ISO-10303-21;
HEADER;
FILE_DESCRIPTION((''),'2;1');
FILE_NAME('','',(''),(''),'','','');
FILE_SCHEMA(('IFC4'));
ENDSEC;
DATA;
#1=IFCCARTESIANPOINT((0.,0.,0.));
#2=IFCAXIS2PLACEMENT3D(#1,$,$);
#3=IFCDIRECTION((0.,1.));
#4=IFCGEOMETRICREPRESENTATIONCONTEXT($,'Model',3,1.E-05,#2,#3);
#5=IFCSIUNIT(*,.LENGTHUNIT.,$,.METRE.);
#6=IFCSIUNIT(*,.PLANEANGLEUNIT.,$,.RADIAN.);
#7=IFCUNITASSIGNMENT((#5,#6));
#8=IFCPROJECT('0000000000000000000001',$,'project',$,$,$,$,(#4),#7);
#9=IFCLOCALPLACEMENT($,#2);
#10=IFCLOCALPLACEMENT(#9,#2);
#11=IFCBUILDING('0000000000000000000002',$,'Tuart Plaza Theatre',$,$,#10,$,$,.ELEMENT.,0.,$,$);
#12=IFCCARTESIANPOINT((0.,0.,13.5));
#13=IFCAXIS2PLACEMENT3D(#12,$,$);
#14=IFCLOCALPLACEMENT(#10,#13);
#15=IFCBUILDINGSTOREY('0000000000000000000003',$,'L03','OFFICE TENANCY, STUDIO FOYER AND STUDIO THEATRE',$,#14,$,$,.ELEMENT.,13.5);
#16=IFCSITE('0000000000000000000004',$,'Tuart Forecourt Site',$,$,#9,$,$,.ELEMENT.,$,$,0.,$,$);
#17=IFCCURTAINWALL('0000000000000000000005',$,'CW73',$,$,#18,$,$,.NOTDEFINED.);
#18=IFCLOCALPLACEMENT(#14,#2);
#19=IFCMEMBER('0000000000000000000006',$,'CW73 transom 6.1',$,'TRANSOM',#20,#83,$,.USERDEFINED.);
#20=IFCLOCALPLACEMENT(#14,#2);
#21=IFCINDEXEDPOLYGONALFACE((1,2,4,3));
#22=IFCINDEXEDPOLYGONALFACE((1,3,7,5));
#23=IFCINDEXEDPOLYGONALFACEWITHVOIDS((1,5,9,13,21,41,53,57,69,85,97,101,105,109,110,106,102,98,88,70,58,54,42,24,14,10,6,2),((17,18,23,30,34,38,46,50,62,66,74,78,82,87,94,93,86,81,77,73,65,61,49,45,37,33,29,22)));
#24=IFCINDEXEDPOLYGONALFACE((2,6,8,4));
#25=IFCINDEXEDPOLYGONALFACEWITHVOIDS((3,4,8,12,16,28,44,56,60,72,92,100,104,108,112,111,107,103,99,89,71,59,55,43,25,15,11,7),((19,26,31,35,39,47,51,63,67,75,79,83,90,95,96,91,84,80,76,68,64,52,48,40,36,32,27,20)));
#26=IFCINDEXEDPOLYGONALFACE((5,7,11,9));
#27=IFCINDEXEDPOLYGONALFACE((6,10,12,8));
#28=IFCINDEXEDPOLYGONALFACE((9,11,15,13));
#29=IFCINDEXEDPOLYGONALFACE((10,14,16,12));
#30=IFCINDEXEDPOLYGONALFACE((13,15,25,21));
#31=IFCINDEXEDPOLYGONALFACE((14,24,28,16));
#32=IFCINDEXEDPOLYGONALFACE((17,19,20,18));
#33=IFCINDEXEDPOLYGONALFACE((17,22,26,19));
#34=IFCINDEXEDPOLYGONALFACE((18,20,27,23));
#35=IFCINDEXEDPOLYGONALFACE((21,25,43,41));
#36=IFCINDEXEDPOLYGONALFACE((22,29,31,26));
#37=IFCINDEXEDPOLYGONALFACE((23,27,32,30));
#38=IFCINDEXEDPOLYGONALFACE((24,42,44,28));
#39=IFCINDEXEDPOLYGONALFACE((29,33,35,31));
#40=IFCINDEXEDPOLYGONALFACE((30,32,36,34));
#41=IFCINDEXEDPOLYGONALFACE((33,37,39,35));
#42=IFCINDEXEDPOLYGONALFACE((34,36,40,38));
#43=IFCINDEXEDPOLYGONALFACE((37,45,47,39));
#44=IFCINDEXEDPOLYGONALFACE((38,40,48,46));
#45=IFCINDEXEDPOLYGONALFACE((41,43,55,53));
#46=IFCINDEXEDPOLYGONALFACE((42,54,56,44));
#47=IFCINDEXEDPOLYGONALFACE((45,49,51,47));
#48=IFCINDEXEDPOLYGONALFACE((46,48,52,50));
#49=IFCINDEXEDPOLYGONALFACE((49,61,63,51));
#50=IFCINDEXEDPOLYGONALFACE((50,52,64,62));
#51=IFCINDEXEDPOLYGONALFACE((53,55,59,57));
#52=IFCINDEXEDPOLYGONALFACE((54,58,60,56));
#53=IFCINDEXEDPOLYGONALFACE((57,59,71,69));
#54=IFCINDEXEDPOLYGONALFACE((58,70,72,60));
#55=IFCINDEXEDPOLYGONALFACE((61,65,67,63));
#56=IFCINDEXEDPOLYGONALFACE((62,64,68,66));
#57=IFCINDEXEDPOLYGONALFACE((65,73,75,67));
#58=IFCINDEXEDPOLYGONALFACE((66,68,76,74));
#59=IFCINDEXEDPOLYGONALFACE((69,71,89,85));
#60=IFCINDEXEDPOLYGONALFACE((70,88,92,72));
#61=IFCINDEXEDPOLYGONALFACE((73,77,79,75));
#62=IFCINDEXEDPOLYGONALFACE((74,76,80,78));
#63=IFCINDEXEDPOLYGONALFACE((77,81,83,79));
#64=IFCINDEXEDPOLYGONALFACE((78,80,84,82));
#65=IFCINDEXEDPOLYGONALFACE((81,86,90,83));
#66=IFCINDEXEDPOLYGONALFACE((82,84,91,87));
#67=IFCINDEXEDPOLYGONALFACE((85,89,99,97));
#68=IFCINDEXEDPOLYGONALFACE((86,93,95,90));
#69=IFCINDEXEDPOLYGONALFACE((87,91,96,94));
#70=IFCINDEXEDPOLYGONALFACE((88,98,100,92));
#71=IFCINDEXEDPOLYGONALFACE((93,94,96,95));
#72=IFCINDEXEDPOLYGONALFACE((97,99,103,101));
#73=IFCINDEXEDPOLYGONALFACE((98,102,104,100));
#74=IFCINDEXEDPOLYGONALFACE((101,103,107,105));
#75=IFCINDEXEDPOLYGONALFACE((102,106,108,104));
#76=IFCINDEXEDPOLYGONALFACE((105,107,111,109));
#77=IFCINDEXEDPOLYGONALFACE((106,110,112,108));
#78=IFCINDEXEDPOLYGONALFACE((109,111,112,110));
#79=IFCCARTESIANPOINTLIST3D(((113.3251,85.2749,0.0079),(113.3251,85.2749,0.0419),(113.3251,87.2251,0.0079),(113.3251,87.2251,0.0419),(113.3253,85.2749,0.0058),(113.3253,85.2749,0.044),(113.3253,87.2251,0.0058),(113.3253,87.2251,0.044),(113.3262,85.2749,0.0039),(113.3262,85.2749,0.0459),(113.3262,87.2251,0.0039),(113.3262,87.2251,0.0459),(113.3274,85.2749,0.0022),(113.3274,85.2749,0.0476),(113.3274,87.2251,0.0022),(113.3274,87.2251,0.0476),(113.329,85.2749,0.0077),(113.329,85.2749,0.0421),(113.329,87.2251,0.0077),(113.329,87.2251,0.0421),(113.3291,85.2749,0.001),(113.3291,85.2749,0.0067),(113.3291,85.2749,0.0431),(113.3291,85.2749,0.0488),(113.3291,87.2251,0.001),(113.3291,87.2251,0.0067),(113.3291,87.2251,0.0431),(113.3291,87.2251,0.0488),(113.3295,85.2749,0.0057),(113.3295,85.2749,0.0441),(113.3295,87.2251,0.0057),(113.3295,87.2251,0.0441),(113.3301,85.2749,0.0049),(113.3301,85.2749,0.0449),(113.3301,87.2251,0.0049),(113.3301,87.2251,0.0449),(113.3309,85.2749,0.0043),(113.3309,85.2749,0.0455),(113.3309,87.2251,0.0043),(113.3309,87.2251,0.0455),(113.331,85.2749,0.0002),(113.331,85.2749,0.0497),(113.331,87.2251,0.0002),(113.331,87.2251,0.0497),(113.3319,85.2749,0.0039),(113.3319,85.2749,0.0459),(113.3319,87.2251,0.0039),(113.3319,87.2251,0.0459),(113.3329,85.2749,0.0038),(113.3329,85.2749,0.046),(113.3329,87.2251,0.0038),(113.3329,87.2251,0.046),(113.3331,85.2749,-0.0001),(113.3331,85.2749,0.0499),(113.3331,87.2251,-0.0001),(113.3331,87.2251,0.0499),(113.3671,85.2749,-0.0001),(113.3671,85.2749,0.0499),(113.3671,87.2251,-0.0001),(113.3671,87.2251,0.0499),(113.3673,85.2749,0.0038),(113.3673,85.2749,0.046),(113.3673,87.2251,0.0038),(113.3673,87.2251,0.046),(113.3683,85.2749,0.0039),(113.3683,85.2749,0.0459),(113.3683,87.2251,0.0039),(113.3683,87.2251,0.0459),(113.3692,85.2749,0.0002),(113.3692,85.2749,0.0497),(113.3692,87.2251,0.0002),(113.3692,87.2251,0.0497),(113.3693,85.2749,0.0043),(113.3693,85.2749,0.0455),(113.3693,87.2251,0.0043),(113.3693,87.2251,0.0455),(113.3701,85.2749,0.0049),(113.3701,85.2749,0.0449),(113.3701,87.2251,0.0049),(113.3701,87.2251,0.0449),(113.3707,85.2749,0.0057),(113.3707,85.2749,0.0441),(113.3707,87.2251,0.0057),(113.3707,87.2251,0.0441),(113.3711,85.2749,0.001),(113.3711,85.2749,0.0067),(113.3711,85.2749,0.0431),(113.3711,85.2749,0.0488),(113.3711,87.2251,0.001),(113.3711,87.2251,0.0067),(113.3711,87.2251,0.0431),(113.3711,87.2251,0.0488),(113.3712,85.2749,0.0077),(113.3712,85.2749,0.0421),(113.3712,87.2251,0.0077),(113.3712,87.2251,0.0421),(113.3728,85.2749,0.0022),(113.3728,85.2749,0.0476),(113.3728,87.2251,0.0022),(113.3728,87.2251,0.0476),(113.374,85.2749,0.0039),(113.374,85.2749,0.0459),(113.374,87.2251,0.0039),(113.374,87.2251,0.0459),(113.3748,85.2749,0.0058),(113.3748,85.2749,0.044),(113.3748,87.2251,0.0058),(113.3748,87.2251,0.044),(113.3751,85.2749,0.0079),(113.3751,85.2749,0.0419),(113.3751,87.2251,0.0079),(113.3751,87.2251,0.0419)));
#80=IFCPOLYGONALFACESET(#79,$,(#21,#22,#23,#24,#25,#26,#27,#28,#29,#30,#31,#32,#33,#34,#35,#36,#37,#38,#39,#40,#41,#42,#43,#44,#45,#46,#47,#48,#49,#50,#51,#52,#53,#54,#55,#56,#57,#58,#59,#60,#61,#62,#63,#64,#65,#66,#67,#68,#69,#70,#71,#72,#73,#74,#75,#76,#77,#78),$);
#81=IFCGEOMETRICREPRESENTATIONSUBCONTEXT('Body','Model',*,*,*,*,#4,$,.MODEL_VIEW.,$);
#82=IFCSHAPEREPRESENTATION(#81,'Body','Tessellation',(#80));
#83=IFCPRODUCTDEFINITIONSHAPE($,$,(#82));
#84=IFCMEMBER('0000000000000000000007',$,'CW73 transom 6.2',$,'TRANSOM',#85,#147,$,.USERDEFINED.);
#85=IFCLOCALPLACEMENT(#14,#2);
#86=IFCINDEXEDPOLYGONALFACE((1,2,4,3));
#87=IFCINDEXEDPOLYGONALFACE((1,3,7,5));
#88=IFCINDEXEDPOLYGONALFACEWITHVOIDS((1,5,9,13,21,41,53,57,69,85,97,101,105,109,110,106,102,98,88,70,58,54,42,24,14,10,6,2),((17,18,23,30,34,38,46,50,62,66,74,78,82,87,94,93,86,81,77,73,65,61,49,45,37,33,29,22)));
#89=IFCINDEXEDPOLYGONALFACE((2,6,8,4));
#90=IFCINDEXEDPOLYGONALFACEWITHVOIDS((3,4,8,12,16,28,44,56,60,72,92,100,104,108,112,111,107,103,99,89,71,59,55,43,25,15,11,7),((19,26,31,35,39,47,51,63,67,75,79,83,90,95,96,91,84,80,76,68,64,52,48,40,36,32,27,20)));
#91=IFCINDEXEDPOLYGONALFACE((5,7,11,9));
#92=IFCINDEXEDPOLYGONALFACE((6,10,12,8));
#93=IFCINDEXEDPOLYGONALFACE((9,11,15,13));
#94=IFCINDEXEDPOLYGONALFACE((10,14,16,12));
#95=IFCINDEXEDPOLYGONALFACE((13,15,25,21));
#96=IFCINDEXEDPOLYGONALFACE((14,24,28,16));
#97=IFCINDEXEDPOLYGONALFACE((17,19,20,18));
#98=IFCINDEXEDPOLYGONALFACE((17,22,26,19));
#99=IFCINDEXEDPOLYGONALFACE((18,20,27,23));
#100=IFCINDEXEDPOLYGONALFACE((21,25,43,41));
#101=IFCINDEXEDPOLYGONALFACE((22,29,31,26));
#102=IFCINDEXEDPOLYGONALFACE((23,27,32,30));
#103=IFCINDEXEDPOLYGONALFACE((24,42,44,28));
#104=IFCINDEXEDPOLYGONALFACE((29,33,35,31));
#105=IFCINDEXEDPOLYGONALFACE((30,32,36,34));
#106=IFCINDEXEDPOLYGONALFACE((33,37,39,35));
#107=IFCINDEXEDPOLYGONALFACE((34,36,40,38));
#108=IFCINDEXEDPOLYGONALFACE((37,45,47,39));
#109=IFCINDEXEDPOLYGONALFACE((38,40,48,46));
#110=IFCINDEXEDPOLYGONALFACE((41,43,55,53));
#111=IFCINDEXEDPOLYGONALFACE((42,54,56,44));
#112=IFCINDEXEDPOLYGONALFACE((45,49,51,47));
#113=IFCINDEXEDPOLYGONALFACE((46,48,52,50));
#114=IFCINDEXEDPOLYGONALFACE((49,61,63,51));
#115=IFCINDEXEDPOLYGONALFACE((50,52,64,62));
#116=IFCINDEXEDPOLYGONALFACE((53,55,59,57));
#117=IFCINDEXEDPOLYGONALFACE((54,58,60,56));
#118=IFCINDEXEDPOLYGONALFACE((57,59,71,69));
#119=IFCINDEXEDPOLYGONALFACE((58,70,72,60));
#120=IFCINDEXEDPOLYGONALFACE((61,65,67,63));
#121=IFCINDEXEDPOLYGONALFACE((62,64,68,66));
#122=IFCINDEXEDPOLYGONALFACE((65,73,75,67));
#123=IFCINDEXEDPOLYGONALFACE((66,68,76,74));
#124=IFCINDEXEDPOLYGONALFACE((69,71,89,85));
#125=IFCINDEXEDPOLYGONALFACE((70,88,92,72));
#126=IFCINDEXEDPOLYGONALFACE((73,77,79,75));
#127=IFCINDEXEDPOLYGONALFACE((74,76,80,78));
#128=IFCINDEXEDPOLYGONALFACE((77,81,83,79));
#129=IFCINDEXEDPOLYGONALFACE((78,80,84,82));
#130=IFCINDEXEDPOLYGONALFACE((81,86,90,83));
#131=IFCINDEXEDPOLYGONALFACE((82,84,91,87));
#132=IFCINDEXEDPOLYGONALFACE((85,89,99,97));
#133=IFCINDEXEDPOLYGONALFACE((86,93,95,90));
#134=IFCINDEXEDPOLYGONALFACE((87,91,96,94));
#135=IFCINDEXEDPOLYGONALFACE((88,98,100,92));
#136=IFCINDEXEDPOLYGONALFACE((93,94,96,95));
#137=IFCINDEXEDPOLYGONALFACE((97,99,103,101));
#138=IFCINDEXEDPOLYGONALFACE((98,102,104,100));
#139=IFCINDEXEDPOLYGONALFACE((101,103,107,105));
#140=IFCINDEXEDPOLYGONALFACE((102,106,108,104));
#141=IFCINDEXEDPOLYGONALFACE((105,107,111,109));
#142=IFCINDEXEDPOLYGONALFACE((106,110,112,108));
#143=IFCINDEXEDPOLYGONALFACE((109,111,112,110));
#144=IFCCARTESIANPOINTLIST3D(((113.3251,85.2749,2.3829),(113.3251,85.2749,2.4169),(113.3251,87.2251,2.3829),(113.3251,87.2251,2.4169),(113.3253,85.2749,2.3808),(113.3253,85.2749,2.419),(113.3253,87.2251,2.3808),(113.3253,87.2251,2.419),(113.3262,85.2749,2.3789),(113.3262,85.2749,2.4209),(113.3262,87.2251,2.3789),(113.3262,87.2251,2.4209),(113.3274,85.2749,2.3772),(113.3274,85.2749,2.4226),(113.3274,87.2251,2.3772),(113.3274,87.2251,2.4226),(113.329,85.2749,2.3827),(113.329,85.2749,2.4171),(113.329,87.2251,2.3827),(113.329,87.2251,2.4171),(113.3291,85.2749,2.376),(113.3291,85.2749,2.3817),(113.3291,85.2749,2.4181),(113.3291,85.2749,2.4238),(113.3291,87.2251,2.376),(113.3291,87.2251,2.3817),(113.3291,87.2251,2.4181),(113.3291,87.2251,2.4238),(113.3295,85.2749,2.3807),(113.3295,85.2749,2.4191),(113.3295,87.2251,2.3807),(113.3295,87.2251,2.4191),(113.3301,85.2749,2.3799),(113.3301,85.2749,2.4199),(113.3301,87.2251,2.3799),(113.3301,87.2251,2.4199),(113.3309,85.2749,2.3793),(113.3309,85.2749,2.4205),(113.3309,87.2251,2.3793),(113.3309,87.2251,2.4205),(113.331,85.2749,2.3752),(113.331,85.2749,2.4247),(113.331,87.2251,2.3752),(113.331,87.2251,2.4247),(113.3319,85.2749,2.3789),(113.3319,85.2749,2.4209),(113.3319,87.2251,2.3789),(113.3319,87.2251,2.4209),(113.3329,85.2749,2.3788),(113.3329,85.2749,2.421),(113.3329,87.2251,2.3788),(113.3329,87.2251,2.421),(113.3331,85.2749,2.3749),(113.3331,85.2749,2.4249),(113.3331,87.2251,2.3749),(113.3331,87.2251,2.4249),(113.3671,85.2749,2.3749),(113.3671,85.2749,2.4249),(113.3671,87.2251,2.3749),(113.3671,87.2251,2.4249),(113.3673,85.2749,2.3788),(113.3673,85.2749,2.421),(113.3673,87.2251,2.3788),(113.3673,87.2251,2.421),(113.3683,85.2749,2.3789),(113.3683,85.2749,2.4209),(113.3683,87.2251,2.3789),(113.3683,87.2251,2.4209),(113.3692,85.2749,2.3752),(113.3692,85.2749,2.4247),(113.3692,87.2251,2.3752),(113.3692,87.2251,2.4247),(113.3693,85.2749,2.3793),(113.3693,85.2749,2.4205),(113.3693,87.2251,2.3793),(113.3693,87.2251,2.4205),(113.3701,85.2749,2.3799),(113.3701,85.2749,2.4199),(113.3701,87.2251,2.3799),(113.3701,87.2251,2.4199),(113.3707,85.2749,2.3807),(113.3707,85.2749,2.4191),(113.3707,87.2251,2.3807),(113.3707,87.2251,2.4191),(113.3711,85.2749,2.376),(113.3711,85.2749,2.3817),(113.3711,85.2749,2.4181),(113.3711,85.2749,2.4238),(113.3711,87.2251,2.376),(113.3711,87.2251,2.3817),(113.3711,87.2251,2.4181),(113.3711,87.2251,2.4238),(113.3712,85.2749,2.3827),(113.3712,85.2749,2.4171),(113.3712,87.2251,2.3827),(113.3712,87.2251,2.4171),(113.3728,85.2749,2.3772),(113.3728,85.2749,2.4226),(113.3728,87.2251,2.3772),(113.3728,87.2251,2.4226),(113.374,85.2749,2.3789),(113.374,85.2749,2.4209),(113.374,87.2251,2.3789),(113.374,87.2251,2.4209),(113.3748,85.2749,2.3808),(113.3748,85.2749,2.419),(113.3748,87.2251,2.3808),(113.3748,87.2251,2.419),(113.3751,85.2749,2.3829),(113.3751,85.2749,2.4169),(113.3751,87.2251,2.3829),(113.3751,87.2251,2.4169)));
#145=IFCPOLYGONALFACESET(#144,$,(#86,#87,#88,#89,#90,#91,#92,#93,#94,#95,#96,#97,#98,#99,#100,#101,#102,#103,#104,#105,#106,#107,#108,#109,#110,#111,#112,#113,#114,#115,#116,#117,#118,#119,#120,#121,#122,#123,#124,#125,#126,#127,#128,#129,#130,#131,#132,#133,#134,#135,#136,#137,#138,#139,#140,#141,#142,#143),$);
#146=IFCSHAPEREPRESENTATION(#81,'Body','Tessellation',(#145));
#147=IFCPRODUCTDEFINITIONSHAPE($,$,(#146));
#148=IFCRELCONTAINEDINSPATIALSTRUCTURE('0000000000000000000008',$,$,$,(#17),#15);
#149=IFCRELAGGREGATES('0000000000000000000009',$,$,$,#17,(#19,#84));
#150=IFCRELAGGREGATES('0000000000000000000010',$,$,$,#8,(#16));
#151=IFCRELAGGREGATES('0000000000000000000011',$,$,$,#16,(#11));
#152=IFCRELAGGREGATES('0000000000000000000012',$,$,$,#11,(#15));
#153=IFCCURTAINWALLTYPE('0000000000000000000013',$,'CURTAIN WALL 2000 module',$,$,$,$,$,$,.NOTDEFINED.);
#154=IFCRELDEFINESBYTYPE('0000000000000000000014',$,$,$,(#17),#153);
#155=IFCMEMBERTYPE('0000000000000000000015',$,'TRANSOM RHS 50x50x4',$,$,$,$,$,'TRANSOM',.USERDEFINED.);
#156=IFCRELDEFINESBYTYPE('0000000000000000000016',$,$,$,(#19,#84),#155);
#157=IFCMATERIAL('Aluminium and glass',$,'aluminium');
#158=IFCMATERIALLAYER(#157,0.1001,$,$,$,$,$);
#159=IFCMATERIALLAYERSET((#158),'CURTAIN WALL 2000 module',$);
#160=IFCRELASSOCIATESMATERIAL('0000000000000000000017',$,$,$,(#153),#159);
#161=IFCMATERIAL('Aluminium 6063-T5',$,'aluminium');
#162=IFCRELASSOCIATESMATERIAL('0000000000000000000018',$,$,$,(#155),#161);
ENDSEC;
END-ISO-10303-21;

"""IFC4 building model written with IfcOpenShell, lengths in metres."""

from ifc_helpers import new_model, si_unit, direction, frame, origin, origin_2d, place, context, subcontext, project, spatial, hollow_rectangle, extrude, material, layer, layer_set, material_profile, profile_set, type_object, element, aggregate, save


model = new_model("IFC4")

# Units and contexts
model_context = context("Model", 3, precision=1e-05, world=origin(), true_north=direction((0.0, 1.0)))
body_context = subcontext(model_context, "Body", "Model", "MODEL_VIEW")
ifc_project = project(units=[si_unit("LENGTHUNIT", "METRE"), si_unit("PLANEANGLEUNIT", "RADIAN")], contexts=[model_context])

# Site, building, storey
site_placement = place(None, origin())
site = spatial("IfcSite", under=ifc_project, at=site_placement, Name="Tuart Forecourt Site", CompositionType="ELEMENT", RefElevation=0.0)
building_placement = place(site_placement, origin())
building = spatial("IfcBuilding", under=site, at=building_placement, Name="Tuart Plaza Theatre", CompositionType="ELEMENT", ElevationOfRefHeight=0.0)
storey_placement = place(building_placement, frame((0.0, 0.0, 13.5)))
storey = spatial("IfcBuildingStorey", under=building, at=storey_placement, Name="L03", Description="OFFICE TENANCY, STUDIO FOYER AND STUDIO THEATRE", CompositionType="ELEMENT", Elevation=13.5)

# Curtain wall, members
ifc_material_1 = material(Name="Aluminium and glass", Category="aluminium")
ifc_layer_1 = layer(ifc_material_1, 0.1001)
ifc_layer_set_1 = layer_set([ifc_layer_1], Name="CURTAIN WALL 2000 module")
curtain_wall_type = type_object("IfcCurtainWallType", Name="CURTAIN WALL 2000 module", PredefinedType="NOTDEFINED", material=ifc_layer_set_1)
curtain_wall_placement = place(storey_placement, origin())
curtain_wall = element("IfcCurtainWall", 1, at=curtain_wall_placement, inside=storey, type_object=curtain_wall_type, Name="CW73", PredefinedType="NOTDEFINED")
ifc_material_2 = material(Name="Aluminium 6063-T5", Category="aluminium")
ifc_material_profile_1 = material_profile(ifc_material_2, hollow_rectangle(XDim=0.05, YDim=0.05, WallThickness=0.0039, InnerFilletRadius=0.0039, OuterFilletRadius=0.0081, at=origin_2d()), Name="RHS 50x50x4")
ifc_profile_set_1 = profile_set([ifc_material_profile_1], Name="Aluminium 6063-T5")
member_type_1 = type_object("IfcMemberType", Name="TRANSOM RHS 50x50x4", ElementType="TRANSOM", PredefinedType="USERDEFINED", material=ifc_profile_set_1)
member_1_placement = place(storey_placement, frame((113.3501, 87.2251, 0.0249), z_axis=(0.0, -1.0, 0.0), x_axis=(1.0, 0.0, 0.0)))
member_1 = element("IfcMember", 2, at=member_1_placement, type_object=member_type_1, Name="CW73 transom 6.1", ObjectType="TRANSOM", PredefinedType="USERDEFINED", context=body_context, shape_type="SweptSolid", body=[
    extrude(hollow_rectangle(XDim=0.05, YDim=0.05, WallThickness=0.0039, InnerFilletRadius=0.0039, OuterFilletRadius=0.0081, at=origin_2d()), origin(), (0.0, 0.0, 1.0), 1.9502),
])
member_2_placement = place(storey_placement, frame((113.3501, 87.2251, 2.3999), z_axis=(0.0, -1.0, 0.0), x_axis=(1.0, 0.0, 0.0)))
member_2 = element("IfcMember", 3, at=member_2_placement, type_object=member_type_1, Name="CW73 transom 6.2", ObjectType="TRANSOM", PredefinedType="USERDEFINED", context=body_context, shape_type="SweptSolid", body=[
    extrude(hollow_rectangle(XDim=0.05, YDim=0.05, WallThickness=0.0039, InnerFilletRadius=0.0039, OuterFilletRadius=0.0081, at=origin_2d()), origin(), (0.0, 0.0, 1.0), 1.9502),
])
aggregate(curtain_wall, [member_1, member_2])

save(model, "model.ifc")
